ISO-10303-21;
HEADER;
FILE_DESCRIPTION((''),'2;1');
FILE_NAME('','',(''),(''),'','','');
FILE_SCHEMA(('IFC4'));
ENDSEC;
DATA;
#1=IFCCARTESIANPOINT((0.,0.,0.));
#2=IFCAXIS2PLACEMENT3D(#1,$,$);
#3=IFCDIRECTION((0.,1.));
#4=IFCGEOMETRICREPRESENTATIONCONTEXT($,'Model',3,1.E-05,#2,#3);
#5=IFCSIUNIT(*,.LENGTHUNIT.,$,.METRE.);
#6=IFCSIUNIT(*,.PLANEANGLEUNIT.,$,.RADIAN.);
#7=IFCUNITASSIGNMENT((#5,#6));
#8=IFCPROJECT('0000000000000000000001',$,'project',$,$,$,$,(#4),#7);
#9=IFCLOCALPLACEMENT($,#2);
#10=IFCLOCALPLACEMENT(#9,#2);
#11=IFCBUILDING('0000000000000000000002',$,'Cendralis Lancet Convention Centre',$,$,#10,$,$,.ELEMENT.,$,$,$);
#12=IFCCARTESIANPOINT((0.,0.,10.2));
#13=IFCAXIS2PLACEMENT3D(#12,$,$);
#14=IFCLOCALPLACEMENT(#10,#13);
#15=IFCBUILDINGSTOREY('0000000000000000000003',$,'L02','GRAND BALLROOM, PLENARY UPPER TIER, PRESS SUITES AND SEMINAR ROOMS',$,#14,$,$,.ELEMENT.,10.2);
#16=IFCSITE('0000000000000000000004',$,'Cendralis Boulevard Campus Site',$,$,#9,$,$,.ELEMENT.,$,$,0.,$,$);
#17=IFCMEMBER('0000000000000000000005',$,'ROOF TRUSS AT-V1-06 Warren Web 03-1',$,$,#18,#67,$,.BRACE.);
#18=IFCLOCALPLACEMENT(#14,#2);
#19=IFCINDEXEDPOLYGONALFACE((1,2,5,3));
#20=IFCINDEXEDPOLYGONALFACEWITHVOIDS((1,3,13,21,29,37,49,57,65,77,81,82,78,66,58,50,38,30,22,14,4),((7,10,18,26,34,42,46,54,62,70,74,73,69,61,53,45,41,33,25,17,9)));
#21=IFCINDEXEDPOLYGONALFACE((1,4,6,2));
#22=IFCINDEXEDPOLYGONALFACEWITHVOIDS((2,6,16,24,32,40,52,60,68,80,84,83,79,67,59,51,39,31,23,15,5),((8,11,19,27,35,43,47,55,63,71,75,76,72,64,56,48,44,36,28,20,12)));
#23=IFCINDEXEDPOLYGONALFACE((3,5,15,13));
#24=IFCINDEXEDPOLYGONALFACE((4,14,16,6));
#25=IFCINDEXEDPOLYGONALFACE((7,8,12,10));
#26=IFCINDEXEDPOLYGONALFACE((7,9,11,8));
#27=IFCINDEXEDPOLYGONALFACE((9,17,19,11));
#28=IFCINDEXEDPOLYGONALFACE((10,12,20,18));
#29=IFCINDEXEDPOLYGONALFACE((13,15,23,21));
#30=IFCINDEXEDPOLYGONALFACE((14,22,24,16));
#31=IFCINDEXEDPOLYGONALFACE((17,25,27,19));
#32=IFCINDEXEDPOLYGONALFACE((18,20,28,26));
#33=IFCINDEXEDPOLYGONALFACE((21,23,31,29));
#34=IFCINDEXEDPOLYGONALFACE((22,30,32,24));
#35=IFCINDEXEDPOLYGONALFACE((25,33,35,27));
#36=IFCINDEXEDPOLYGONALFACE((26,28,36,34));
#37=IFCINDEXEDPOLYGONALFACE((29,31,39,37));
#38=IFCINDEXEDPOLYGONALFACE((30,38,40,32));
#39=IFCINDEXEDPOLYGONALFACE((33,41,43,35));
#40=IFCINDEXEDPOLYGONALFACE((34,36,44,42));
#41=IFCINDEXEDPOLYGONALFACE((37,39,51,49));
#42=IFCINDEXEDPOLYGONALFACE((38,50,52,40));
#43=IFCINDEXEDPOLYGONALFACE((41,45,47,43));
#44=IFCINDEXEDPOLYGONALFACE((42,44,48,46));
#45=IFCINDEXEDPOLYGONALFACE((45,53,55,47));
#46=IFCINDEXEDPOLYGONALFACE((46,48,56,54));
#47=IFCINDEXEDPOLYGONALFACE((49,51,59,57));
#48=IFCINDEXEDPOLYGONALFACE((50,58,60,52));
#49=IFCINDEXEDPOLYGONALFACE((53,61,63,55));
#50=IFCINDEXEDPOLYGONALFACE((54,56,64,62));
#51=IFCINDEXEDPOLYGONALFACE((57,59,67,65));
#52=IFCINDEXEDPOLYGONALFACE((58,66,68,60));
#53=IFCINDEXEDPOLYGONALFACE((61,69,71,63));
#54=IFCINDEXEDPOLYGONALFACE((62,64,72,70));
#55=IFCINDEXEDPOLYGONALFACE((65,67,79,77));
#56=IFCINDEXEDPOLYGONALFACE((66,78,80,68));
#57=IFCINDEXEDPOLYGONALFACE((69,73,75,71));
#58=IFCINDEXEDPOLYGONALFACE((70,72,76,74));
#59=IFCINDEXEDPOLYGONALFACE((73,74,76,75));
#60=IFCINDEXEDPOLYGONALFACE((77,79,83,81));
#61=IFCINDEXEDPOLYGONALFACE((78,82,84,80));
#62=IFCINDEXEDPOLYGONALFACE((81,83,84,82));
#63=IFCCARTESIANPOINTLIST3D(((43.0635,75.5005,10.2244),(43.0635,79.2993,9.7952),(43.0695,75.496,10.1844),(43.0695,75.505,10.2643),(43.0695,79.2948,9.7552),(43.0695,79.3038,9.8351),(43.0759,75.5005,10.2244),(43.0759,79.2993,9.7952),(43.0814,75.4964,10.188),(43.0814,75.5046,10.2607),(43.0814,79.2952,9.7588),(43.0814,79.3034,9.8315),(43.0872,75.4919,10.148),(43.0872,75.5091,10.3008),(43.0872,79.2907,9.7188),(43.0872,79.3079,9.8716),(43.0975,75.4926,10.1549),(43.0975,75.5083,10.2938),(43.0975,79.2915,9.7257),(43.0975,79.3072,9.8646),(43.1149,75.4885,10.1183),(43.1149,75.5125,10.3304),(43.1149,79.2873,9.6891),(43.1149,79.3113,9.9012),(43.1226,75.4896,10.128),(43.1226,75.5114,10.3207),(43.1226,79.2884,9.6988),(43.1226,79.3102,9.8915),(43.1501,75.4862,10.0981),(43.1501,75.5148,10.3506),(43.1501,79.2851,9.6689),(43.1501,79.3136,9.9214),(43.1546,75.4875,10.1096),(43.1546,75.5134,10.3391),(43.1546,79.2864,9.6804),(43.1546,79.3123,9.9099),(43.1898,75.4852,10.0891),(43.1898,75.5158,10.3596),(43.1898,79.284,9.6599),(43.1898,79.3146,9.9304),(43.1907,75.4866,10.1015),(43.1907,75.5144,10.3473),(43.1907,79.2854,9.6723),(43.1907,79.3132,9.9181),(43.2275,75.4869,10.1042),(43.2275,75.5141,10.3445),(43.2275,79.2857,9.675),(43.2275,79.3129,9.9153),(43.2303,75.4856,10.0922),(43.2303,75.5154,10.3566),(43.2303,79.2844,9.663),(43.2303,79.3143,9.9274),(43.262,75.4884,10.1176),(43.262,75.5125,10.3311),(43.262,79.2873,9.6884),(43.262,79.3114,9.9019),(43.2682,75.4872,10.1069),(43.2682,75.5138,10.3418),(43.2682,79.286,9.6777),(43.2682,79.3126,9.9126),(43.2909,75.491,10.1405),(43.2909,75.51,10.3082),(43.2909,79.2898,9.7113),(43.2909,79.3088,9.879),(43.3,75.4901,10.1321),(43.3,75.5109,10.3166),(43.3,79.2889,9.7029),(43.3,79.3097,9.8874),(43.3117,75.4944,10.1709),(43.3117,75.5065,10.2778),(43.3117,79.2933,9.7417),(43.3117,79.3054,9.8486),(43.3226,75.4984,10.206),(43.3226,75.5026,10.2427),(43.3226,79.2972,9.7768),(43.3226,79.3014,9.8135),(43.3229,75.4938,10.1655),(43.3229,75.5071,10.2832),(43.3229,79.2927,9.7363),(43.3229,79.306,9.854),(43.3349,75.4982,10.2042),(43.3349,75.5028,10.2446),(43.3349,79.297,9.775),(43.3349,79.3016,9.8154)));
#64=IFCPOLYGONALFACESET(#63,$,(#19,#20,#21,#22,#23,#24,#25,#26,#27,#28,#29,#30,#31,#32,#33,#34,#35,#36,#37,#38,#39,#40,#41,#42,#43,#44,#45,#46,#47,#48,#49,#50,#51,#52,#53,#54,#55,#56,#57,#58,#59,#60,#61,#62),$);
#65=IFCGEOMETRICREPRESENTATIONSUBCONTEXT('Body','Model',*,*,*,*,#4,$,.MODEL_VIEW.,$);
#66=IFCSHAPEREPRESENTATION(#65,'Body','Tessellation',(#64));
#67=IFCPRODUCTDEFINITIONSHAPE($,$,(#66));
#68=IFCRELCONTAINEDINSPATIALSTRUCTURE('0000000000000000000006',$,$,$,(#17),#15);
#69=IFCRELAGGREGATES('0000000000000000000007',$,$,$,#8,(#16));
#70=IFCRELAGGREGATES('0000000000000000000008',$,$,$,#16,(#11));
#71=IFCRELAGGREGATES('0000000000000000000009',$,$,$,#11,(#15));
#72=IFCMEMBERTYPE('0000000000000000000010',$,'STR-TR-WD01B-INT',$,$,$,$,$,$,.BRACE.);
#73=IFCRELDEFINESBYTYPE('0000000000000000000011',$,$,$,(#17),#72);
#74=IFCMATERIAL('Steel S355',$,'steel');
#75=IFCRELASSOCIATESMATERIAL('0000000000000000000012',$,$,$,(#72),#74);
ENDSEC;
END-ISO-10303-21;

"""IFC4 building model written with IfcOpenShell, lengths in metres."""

from ifc_helpers import new_model, si_unit, direction, frame, origin, origin_2d, place, context, subcontext, project, spatial, hollow_circle, extrude, material, material_profile, profile_set, type_object, element, save


model = new_model("IFC4")

# Units and contexts
model_context = context("Model", 3, precision=1e-05, world=origin(), true_north=direction((0.0, 1.0)))
body_context = subcontext(model_context, "Body", "Model", "MODEL_VIEW")
ifc_project = project(units=[si_unit("LENGTHUNIT", "METRE"), si_unit("PLANEANGLEUNIT", "RADIAN")], contexts=[model_context])

# Site, building, storey
site_placement = place(None, origin())
site = spatial("IfcSite", under=ifc_project, at=site_placement, Name="Cendralis Boulevard Campus Site", CompositionType="ELEMENT", RefElevation=0.0)
building_placement = place(site_placement, origin())
building = spatial("IfcBuilding", under=site, at=building_placement, Name="Cendralis Lancet Convention Centre", CompositionType="ELEMENT")
storey_placement = place(building_placement, frame((0.0, 0.0, 10.2)))
storey = spatial("IfcBuildingStorey", under=building, at=storey_placement, Name="L02", Description="GRAND BALLROOM, PLENARY UPPER TIER, PRESS SUITES AND SEMINAR ROOMS", CompositionType="ELEMENT", Elevation=10.2)

# Member
ifc_material = material(Name="Steel S355", Category="steel")
ifc_material_profile_1 = material_profile(ifc_material, hollow_circle(Radius=0.1365, WallThickness=0.0125, at=origin_2d()), Name="CHS 273.0x12.5")
ifc_profile_set_1 = profile_set([ifc_material_profile_1], Name="Steel S355")
member_type_1 = type_object("IfcMemberType", Name="STR-TR-WD01B-INT", PredefinedType="BRACE", material=ifc_profile_set_1)
member_1_placement = place(storey_placement, frame((43.2, 75.5005, 10.2244), z_axis=(0.0, 0.993678, -0.112268), x_axis=(-1.0, 0.0, 0.0)))
element("IfcMember", 1, at=member_1_placement, inside=storey, type_object=member_type_1, Name="ROOF TRUSS AT-V1-06 Warren Web 03-1", PredefinedType="BRACE", context=body_context, shape_type="SweptSolid", body=[
    extrude(hollow_circle(Radius=0.1365, WallThickness=0.0125, at=origin_2d()), origin(), (0.0, 0.0, 1.0), 3.823),
])

save(model, "model.ifc")
